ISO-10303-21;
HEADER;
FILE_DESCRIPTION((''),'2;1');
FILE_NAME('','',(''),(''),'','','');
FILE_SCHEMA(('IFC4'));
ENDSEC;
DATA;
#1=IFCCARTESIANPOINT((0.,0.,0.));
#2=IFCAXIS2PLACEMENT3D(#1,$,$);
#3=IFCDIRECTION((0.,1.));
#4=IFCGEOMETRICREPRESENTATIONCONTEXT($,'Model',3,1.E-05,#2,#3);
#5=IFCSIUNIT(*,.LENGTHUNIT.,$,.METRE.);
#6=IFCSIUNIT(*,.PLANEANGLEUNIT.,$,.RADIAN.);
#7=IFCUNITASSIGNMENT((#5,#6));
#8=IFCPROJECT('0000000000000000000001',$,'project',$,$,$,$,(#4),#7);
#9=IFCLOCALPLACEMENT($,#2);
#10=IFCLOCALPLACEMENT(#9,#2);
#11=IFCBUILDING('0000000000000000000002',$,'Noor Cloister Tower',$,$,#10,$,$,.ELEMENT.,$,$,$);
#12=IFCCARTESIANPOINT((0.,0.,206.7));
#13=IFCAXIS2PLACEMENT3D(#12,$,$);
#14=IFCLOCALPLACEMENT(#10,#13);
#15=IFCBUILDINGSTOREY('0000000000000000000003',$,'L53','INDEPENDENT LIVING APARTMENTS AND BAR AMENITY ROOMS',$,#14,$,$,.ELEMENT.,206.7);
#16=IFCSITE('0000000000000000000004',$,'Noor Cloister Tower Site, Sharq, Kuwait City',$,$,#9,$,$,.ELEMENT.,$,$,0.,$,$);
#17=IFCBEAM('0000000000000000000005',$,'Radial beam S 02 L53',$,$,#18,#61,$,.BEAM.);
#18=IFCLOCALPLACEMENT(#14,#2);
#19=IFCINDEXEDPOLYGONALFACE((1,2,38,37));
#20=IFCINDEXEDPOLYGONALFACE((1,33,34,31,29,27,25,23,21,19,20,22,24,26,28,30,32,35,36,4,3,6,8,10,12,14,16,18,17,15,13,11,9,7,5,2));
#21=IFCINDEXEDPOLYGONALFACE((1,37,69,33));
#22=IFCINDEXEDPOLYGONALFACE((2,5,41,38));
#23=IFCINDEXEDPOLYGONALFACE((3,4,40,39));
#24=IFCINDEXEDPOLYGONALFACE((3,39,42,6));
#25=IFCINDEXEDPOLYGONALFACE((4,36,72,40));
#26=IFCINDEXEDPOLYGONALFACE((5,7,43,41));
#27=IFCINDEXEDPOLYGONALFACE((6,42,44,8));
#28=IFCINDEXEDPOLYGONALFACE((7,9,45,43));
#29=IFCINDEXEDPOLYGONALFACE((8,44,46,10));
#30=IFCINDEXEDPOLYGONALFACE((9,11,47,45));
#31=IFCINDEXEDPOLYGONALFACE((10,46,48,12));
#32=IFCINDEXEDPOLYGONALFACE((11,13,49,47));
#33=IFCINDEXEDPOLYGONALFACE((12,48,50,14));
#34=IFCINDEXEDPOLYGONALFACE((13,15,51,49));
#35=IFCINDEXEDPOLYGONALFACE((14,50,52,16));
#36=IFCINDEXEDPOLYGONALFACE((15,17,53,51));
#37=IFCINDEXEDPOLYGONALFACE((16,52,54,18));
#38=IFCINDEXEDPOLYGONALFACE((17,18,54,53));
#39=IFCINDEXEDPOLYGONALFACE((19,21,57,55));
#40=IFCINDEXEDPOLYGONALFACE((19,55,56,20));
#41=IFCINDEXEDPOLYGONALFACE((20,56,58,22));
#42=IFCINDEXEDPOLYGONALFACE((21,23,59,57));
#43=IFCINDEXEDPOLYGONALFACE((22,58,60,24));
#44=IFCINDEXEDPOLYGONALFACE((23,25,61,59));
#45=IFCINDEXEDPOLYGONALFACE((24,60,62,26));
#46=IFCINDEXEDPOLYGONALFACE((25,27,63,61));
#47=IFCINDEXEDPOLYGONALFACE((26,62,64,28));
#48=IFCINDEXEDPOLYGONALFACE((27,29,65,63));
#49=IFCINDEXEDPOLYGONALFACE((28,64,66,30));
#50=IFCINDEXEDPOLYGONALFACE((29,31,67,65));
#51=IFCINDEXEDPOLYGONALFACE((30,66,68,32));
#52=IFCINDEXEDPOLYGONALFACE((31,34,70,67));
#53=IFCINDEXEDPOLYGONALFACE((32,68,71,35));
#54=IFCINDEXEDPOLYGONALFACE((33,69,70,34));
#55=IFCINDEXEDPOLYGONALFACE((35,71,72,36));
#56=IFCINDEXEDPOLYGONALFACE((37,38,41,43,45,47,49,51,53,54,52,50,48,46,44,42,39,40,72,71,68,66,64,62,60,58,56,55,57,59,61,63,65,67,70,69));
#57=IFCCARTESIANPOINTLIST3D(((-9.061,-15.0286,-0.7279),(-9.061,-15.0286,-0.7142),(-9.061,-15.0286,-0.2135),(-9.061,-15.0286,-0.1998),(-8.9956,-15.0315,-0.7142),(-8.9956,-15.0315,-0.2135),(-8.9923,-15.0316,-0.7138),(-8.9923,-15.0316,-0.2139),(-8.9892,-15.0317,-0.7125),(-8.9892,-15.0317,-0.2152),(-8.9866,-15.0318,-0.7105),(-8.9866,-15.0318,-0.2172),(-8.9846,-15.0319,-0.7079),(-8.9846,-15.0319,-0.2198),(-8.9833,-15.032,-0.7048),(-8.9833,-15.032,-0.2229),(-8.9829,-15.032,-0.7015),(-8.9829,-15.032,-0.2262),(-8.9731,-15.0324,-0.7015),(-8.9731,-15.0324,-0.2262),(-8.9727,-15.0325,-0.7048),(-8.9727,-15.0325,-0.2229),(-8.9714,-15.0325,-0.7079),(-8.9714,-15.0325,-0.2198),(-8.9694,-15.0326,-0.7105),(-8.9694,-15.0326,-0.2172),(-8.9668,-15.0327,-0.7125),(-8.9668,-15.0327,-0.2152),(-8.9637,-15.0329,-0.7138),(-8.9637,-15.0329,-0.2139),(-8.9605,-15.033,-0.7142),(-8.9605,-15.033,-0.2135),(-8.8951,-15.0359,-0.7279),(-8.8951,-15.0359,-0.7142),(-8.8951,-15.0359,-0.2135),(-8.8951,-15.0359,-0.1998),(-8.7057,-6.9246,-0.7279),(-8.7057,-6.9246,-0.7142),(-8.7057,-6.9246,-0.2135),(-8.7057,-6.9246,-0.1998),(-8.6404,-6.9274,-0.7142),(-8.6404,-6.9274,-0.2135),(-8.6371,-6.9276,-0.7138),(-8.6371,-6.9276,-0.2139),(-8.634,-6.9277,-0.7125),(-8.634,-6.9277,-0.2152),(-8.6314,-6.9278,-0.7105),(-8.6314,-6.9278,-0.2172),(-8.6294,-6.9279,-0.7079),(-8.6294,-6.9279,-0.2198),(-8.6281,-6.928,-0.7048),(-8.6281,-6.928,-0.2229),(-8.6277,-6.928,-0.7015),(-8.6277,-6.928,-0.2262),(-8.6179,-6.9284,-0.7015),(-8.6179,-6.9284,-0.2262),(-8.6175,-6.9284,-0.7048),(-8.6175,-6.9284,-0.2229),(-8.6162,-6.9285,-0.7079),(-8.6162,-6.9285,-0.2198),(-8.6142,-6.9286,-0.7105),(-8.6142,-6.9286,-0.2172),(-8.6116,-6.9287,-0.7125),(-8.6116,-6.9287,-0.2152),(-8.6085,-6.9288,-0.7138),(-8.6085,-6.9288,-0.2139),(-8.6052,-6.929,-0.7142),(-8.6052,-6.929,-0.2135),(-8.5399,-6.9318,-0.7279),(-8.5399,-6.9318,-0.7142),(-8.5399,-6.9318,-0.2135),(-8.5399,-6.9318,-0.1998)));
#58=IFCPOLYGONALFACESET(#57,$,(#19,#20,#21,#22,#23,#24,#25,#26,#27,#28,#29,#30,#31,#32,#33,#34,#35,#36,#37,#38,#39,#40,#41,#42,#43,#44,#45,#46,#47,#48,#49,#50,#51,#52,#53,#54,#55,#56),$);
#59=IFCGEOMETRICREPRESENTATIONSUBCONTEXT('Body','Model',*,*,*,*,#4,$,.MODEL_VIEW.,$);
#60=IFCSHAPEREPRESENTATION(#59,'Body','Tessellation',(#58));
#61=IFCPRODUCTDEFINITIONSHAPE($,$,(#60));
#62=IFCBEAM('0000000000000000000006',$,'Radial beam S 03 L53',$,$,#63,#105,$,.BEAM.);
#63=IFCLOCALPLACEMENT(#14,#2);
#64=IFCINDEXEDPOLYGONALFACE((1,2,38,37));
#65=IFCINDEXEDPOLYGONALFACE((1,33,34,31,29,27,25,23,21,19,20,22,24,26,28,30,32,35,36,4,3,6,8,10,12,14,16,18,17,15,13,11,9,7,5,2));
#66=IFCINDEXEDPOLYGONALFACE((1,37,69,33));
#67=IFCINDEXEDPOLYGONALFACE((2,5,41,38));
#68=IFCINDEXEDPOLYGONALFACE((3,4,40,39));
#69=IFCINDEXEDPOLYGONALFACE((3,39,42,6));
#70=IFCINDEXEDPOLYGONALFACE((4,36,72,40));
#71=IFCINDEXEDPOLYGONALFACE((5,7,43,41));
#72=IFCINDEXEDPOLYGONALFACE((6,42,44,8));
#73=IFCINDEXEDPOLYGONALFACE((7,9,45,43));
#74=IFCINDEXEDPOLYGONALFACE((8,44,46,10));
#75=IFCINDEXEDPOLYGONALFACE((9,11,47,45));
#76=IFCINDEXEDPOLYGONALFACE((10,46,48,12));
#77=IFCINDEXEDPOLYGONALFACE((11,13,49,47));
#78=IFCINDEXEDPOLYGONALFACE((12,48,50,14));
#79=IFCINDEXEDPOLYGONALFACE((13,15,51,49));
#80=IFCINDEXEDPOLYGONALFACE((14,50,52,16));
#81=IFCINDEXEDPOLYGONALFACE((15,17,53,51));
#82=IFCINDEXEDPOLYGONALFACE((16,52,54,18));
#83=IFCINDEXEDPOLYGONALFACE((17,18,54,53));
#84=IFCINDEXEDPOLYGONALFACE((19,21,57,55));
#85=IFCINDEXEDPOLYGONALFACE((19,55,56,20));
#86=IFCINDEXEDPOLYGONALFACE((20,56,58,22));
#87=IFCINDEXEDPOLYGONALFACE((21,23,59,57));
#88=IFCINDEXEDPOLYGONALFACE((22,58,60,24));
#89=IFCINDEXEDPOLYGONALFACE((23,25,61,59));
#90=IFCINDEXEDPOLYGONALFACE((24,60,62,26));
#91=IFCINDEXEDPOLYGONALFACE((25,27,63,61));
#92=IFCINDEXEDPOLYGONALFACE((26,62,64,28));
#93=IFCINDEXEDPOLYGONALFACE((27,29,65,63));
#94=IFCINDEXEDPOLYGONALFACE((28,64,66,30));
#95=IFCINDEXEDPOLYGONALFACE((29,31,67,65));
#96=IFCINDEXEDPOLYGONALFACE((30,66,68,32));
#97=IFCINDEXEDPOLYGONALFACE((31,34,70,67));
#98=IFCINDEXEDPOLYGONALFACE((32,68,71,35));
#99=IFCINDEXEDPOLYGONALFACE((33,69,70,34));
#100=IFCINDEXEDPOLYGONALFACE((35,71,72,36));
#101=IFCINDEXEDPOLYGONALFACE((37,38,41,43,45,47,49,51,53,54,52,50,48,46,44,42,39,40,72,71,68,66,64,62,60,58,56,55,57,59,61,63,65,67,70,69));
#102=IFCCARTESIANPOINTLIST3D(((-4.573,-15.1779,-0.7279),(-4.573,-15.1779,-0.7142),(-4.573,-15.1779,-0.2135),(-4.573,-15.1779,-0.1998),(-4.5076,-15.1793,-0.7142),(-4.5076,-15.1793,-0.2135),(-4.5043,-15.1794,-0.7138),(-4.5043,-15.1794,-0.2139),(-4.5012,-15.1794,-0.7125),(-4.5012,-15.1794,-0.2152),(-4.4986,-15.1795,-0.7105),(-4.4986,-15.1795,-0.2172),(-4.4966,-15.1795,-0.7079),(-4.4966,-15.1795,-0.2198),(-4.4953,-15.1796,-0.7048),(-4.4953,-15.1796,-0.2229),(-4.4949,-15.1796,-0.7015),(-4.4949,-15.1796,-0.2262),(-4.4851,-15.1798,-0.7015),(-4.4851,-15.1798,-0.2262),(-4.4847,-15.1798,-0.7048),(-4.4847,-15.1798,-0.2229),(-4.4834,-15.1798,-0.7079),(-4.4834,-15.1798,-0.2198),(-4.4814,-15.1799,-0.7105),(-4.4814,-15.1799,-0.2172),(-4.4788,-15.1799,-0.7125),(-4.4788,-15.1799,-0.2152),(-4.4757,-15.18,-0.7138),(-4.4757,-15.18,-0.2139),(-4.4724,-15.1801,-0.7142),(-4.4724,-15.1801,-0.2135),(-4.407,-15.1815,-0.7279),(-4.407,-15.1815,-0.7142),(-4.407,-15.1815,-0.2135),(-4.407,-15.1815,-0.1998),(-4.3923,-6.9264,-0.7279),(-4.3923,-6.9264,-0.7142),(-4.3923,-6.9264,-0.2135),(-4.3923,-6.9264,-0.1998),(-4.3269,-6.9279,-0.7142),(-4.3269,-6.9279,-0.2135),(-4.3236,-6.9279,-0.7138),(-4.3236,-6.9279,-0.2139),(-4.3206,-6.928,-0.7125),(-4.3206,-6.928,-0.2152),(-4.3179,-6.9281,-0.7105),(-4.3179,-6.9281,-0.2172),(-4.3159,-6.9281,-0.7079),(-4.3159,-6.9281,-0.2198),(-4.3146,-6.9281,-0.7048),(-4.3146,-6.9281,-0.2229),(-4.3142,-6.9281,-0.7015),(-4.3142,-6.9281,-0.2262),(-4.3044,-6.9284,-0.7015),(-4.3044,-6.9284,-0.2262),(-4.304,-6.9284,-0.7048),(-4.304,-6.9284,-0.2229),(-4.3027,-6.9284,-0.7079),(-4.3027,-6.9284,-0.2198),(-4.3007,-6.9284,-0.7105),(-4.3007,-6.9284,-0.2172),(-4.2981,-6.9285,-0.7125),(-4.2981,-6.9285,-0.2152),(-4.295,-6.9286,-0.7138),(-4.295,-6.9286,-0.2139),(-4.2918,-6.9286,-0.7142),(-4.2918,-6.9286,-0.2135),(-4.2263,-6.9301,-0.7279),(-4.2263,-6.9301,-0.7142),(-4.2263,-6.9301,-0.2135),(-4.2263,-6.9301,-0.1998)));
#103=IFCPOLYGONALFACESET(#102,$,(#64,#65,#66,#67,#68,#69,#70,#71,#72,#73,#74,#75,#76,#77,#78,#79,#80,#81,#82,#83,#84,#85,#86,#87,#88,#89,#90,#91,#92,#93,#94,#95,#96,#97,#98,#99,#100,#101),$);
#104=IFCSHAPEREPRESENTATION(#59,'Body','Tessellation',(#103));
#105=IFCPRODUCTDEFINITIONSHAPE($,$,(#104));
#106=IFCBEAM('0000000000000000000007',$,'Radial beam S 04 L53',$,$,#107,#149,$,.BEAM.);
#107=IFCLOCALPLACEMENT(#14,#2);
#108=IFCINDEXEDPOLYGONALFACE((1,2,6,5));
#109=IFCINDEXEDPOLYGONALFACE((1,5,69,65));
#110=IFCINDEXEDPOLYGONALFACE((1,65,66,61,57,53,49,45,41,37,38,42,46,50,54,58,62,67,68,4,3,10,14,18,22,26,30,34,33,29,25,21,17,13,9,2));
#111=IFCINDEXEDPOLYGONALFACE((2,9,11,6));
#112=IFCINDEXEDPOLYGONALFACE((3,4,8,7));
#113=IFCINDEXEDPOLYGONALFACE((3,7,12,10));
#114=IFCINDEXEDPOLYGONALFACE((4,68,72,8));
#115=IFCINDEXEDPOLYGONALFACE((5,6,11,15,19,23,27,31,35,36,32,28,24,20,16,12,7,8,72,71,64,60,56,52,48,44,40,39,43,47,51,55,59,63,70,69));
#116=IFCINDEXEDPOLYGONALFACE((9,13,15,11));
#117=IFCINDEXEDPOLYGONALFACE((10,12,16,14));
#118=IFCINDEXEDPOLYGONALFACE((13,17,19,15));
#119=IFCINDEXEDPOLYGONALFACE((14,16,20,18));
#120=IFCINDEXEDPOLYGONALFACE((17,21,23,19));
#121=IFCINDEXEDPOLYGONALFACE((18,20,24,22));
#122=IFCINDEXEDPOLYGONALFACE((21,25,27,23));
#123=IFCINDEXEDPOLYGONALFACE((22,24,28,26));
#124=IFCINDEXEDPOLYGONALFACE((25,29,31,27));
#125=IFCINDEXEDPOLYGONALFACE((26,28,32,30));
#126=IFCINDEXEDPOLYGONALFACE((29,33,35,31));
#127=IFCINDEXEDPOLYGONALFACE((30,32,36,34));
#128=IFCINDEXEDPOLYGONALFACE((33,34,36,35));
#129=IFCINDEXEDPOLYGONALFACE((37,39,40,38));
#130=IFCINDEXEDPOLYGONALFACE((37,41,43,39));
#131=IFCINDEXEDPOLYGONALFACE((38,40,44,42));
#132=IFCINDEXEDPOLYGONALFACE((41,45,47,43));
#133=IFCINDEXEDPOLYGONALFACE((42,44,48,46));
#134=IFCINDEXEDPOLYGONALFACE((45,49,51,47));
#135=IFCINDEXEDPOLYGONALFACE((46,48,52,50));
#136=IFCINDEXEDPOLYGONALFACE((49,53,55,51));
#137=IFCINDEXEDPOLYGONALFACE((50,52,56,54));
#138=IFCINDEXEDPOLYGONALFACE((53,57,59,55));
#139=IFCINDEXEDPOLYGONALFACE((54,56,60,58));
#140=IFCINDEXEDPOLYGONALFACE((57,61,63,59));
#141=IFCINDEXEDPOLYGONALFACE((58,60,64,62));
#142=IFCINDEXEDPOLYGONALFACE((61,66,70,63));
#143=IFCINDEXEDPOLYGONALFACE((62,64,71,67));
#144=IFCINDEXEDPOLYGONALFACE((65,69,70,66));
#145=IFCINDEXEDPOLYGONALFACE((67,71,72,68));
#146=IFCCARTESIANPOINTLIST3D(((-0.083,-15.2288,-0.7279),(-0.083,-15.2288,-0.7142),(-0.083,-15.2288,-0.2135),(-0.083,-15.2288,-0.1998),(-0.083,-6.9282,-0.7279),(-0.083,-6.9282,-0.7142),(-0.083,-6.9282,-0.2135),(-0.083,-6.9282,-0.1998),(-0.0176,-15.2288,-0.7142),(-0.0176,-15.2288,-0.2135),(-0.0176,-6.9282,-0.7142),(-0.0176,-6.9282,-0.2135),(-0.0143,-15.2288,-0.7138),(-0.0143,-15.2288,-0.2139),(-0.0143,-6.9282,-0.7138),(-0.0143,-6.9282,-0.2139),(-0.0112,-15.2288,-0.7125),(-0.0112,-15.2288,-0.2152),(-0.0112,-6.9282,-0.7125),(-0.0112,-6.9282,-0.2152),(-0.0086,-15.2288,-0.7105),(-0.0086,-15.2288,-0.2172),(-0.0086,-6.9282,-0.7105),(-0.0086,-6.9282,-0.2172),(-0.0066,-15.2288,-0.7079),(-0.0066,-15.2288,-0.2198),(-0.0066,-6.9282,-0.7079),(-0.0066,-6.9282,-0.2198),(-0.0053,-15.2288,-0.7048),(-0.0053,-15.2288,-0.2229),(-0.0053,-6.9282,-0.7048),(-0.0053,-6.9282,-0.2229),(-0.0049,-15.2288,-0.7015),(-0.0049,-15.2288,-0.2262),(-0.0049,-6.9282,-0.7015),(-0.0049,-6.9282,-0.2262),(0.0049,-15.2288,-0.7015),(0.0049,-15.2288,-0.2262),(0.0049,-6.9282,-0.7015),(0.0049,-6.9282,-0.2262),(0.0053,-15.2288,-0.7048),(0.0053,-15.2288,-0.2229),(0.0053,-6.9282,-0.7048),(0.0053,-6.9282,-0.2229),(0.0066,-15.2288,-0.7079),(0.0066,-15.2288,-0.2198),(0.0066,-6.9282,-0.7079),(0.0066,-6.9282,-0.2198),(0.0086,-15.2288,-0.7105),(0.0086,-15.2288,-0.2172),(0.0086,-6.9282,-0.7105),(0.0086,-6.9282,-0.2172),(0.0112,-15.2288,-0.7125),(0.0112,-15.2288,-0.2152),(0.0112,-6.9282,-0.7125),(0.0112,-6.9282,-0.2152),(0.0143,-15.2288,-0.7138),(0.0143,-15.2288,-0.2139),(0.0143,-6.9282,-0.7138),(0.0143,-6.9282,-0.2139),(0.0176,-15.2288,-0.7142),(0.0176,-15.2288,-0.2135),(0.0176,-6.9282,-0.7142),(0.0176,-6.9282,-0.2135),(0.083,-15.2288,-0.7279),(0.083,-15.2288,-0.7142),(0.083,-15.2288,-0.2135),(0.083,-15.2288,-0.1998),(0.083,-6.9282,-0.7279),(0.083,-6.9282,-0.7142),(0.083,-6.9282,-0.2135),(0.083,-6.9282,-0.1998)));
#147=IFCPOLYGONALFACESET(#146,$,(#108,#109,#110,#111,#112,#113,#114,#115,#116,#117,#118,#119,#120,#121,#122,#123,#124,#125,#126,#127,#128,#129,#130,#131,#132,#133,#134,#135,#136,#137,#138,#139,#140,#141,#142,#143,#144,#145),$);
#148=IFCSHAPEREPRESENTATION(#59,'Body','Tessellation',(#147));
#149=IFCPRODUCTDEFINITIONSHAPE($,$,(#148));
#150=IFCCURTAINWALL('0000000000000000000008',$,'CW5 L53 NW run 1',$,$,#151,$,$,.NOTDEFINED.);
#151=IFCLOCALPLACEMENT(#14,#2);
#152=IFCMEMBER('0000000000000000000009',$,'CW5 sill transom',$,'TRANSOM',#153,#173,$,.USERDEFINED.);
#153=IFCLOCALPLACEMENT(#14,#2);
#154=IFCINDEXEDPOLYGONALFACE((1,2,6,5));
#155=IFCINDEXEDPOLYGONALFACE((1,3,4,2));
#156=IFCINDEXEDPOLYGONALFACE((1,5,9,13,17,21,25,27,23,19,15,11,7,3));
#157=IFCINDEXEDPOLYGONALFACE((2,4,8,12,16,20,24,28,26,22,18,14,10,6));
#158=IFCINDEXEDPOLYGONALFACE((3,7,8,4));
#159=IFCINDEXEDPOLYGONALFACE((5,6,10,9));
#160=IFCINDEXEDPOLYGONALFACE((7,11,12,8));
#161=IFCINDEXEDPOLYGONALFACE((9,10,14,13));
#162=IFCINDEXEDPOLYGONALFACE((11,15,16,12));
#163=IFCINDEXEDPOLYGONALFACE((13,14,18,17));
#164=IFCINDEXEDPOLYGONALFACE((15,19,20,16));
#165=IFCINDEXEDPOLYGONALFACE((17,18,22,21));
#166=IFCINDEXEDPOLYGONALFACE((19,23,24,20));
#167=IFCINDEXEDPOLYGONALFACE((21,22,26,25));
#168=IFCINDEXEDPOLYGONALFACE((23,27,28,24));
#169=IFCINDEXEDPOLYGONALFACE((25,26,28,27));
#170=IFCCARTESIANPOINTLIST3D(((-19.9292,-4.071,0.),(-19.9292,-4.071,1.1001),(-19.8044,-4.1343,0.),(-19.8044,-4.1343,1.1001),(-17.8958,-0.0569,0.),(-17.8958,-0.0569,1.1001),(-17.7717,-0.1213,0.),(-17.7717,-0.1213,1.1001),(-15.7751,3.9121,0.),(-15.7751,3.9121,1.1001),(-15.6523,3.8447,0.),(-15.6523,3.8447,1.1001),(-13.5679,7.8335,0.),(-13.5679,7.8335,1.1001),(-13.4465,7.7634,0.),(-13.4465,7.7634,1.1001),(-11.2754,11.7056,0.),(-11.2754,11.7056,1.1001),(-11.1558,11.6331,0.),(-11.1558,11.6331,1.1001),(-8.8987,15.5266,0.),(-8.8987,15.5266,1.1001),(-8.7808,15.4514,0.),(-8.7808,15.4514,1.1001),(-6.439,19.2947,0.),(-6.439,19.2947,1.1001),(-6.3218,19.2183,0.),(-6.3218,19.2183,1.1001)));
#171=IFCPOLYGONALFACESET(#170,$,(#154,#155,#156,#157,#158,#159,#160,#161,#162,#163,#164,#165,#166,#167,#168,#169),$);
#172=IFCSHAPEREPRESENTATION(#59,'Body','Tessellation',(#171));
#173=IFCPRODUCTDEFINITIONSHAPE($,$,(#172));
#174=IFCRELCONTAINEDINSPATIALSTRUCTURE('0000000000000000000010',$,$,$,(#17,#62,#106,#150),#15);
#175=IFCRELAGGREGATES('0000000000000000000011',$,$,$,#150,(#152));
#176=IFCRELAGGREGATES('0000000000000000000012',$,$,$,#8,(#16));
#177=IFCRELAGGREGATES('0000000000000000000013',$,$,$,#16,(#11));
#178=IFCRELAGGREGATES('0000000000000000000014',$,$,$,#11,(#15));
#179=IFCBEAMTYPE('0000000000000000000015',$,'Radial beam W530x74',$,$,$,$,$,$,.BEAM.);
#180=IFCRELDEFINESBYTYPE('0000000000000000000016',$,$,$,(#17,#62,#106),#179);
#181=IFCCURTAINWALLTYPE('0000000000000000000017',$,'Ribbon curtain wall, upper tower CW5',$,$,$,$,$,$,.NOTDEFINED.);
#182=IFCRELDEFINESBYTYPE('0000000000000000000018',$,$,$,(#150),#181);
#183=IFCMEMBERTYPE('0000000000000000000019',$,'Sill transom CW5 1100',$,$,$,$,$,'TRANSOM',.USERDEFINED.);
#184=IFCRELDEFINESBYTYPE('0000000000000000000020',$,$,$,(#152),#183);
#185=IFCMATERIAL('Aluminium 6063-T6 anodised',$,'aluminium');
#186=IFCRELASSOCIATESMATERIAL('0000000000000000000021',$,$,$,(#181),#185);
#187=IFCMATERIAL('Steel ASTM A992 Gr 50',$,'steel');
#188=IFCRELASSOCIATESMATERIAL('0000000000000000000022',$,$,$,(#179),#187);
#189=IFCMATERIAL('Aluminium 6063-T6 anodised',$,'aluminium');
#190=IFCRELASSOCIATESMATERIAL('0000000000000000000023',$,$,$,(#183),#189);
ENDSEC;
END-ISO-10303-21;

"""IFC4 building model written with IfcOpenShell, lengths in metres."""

from ifc_helpers import new_model, si_unit, direction, frame, origin, origin_2d, place, context, subcontext, project, spatial, polyline, i_section, outline, extrude, material, material_profile, profile_set, type_object, element, aggregate, save


model = new_model("IFC4")

# Units and contexts
model_context = context("Model", 3, precision=1e-05, world=origin(), true_north=direction((0.0, 1.0)))
body_context = subcontext(model_context, "Body", "Model", "MODEL_VIEW")
ifc_project = project(units=[si_unit("LENGTHUNIT", "METRE"), si_unit("PLANEANGLEUNIT", "RADIAN")], contexts=[model_context])

# Site, building, storey
site_placement = place(None, origin())
site = spatial("IfcSite", under=ifc_project, at=site_placement, Name="Noor Cloister Tower Site, Sharq, Kuwait City", CompositionType="ELEMENT", RefElevation=0.0)
building_placement = place(site_placement, origin())
building = spatial("IfcBuilding", under=site, at=building_placement, Name="Noor Cloister Tower", CompositionType="ELEMENT")
storey_placement = place(building_placement, frame((0.0, 0.0, 206.7)))
storey = spatial("IfcBuildingStorey", under=building, at=storey_placement, Name="L53", Description="INDEPENDENT LIVING APARTMENTS AND BAR AMENITY ROOMS", CompositionType="ELEMENT", Elevation=206.7)

# Shared definitions
ifc_material_1 = material(Name="Aluminium 6063-T6 anodised", Category="aluminium")
curtain_wall_type = type_object("IfcCurtainWallType", Name="Ribbon curtain wall, upper tower CW5", PredefinedType="NOTDEFINED", material=ifc_material_1)

# Beams
ifc_material_2 = material(Name="Steel ASTM A992 Gr 50", Category="steel")
ifc_material_profile_1 = material_profile(ifc_material_2, i_section(OverallWidth=0.166, OverallDepth=0.5281, WebThickness=0.0098, FlangeThickness=0.0137, FilletRadius=0.0127, at=origin_2d()), Name="W530x74")
ifc_profile_set_1 = profile_set([ifc_material_profile_1], Name="Steel ASTM A992 Gr 50")
beam_type_1 = type_object("IfcBeamType", Name="Radial beam W530x74", PredefinedType="BEAM", material=ifc_profile_set_1)
beam_1_placement = place(storey_placement, frame((-8.978, -15.0322, -0.4639), z_axis=(0.043791, 0.999041, 0.0), x_axis=(-0.999041, 0.043791, 0.0)))
element("IfcBeam", 1, at=beam_1_placement, inside=storey, type_object=beam_type_1, Name="Radial beam S 02 L53", PredefinedType="BEAM", context=body_context, shape_type="SweptSolid", body=[
    extrude(i_section(OverallWidth=0.166, OverallDepth=0.5281, WebThickness=0.0098, FlangeThickness=0.0137, FilletRadius=0.0127, at=origin_2d()), origin(), (0.0, 0.0, 1.0), 8.1118),
])
beam_2_placement = place(storey_placement, frame((-4.49, -15.1797, -0.4639), z_axis=(0.02189, 0.99976, 0.0), x_axis=(-0.99976, 0.02189, 0.0)))
element("IfcBeam", 2, at=beam_2_placement, inside=storey, type_object=beam_type_1, Name="Radial beam S 03 L53", PredefinedType="BEAM", context=body_context, shape_type="SweptSolid", body=[
    extrude(i_section(OverallWidth=0.166, OverallDepth=0.5281, WebThickness=0.0098, FlangeThickness=0.0137, FilletRadius=0.0127, at=origin_2d()), origin(), (0.0, 0.0, 1.0), 8.2534),
])
beam_3_placement = place(storey_placement, frame((0.0, -15.2288, -0.4639), z_axis=(0.0, 1.0, 0.0), x_axis=(-1.0, 0.0, 0.0)))
element("IfcBeam", 3, at=beam_3_placement, inside=storey, type_object=beam_type_1, Name="Radial beam S 04 L53", PredefinedType="BEAM", context=body_context, shape_type="SweptSolid", body=[
    extrude(i_section(OverallWidth=0.166, OverallDepth=0.5281, WebThickness=0.0098, FlangeThickness=0.0137, FilletRadius=0.0127, at=origin_2d()), origin(), (0.0, 0.0, 1.0), 8.3005),
])

# Curtain wall, member
curtain_wall_1_placement = place(storey_placement, origin())
curtain_wall_1 = element("IfcCurtainWall", 4, at=curtain_wall_1_placement, inside=storey, type_object=curtain_wall_type, Name="CW5 L53 NW run 1", PredefinedType="NOTDEFINED")
ifc_material_3 = material(Name="Aluminium 6063-T6 anodised", Category="aluminium")
member_type_1 = type_object("IfcMemberType", Name="Sill transom CW5 1100", ElementType="TRANSOM", PredefinedType="USERDEFINED", material=ifc_material_3)
member_1_placement = place(storey_placement, origin())
member_1 = element("IfcMember", 5, at=member_1_placement, type_object=member_type_1, Name="CW5 sill transom", ObjectType="TRANSOM", PredefinedType="USERDEFINED", context=body_context, shape_type="SweptSolid", body=[
    extrude(outline(polyline([(-6.439, 19.2947), (-8.8987, 15.5266), (-11.2754, 11.7056), (-13.5679, 7.8335), (-15.7751, 3.9121), (-17.8958, -0.0569), (-19.9292, -4.071), (-19.8044, -4.1343), (-17.7717, -0.1213), (-15.6523, 3.8447), (-13.4465, 7.7634), (-11.1558, 11.6331), (-8.7808, 15.4514), (-6.3218, 19.2183), (-6.439, 19.2947)])), origin(), (0.0, 0.0, 1.0), 1.1001),
])
aggregate(curtain_wall_1, [member_1])

save(model, "model.ifc")
